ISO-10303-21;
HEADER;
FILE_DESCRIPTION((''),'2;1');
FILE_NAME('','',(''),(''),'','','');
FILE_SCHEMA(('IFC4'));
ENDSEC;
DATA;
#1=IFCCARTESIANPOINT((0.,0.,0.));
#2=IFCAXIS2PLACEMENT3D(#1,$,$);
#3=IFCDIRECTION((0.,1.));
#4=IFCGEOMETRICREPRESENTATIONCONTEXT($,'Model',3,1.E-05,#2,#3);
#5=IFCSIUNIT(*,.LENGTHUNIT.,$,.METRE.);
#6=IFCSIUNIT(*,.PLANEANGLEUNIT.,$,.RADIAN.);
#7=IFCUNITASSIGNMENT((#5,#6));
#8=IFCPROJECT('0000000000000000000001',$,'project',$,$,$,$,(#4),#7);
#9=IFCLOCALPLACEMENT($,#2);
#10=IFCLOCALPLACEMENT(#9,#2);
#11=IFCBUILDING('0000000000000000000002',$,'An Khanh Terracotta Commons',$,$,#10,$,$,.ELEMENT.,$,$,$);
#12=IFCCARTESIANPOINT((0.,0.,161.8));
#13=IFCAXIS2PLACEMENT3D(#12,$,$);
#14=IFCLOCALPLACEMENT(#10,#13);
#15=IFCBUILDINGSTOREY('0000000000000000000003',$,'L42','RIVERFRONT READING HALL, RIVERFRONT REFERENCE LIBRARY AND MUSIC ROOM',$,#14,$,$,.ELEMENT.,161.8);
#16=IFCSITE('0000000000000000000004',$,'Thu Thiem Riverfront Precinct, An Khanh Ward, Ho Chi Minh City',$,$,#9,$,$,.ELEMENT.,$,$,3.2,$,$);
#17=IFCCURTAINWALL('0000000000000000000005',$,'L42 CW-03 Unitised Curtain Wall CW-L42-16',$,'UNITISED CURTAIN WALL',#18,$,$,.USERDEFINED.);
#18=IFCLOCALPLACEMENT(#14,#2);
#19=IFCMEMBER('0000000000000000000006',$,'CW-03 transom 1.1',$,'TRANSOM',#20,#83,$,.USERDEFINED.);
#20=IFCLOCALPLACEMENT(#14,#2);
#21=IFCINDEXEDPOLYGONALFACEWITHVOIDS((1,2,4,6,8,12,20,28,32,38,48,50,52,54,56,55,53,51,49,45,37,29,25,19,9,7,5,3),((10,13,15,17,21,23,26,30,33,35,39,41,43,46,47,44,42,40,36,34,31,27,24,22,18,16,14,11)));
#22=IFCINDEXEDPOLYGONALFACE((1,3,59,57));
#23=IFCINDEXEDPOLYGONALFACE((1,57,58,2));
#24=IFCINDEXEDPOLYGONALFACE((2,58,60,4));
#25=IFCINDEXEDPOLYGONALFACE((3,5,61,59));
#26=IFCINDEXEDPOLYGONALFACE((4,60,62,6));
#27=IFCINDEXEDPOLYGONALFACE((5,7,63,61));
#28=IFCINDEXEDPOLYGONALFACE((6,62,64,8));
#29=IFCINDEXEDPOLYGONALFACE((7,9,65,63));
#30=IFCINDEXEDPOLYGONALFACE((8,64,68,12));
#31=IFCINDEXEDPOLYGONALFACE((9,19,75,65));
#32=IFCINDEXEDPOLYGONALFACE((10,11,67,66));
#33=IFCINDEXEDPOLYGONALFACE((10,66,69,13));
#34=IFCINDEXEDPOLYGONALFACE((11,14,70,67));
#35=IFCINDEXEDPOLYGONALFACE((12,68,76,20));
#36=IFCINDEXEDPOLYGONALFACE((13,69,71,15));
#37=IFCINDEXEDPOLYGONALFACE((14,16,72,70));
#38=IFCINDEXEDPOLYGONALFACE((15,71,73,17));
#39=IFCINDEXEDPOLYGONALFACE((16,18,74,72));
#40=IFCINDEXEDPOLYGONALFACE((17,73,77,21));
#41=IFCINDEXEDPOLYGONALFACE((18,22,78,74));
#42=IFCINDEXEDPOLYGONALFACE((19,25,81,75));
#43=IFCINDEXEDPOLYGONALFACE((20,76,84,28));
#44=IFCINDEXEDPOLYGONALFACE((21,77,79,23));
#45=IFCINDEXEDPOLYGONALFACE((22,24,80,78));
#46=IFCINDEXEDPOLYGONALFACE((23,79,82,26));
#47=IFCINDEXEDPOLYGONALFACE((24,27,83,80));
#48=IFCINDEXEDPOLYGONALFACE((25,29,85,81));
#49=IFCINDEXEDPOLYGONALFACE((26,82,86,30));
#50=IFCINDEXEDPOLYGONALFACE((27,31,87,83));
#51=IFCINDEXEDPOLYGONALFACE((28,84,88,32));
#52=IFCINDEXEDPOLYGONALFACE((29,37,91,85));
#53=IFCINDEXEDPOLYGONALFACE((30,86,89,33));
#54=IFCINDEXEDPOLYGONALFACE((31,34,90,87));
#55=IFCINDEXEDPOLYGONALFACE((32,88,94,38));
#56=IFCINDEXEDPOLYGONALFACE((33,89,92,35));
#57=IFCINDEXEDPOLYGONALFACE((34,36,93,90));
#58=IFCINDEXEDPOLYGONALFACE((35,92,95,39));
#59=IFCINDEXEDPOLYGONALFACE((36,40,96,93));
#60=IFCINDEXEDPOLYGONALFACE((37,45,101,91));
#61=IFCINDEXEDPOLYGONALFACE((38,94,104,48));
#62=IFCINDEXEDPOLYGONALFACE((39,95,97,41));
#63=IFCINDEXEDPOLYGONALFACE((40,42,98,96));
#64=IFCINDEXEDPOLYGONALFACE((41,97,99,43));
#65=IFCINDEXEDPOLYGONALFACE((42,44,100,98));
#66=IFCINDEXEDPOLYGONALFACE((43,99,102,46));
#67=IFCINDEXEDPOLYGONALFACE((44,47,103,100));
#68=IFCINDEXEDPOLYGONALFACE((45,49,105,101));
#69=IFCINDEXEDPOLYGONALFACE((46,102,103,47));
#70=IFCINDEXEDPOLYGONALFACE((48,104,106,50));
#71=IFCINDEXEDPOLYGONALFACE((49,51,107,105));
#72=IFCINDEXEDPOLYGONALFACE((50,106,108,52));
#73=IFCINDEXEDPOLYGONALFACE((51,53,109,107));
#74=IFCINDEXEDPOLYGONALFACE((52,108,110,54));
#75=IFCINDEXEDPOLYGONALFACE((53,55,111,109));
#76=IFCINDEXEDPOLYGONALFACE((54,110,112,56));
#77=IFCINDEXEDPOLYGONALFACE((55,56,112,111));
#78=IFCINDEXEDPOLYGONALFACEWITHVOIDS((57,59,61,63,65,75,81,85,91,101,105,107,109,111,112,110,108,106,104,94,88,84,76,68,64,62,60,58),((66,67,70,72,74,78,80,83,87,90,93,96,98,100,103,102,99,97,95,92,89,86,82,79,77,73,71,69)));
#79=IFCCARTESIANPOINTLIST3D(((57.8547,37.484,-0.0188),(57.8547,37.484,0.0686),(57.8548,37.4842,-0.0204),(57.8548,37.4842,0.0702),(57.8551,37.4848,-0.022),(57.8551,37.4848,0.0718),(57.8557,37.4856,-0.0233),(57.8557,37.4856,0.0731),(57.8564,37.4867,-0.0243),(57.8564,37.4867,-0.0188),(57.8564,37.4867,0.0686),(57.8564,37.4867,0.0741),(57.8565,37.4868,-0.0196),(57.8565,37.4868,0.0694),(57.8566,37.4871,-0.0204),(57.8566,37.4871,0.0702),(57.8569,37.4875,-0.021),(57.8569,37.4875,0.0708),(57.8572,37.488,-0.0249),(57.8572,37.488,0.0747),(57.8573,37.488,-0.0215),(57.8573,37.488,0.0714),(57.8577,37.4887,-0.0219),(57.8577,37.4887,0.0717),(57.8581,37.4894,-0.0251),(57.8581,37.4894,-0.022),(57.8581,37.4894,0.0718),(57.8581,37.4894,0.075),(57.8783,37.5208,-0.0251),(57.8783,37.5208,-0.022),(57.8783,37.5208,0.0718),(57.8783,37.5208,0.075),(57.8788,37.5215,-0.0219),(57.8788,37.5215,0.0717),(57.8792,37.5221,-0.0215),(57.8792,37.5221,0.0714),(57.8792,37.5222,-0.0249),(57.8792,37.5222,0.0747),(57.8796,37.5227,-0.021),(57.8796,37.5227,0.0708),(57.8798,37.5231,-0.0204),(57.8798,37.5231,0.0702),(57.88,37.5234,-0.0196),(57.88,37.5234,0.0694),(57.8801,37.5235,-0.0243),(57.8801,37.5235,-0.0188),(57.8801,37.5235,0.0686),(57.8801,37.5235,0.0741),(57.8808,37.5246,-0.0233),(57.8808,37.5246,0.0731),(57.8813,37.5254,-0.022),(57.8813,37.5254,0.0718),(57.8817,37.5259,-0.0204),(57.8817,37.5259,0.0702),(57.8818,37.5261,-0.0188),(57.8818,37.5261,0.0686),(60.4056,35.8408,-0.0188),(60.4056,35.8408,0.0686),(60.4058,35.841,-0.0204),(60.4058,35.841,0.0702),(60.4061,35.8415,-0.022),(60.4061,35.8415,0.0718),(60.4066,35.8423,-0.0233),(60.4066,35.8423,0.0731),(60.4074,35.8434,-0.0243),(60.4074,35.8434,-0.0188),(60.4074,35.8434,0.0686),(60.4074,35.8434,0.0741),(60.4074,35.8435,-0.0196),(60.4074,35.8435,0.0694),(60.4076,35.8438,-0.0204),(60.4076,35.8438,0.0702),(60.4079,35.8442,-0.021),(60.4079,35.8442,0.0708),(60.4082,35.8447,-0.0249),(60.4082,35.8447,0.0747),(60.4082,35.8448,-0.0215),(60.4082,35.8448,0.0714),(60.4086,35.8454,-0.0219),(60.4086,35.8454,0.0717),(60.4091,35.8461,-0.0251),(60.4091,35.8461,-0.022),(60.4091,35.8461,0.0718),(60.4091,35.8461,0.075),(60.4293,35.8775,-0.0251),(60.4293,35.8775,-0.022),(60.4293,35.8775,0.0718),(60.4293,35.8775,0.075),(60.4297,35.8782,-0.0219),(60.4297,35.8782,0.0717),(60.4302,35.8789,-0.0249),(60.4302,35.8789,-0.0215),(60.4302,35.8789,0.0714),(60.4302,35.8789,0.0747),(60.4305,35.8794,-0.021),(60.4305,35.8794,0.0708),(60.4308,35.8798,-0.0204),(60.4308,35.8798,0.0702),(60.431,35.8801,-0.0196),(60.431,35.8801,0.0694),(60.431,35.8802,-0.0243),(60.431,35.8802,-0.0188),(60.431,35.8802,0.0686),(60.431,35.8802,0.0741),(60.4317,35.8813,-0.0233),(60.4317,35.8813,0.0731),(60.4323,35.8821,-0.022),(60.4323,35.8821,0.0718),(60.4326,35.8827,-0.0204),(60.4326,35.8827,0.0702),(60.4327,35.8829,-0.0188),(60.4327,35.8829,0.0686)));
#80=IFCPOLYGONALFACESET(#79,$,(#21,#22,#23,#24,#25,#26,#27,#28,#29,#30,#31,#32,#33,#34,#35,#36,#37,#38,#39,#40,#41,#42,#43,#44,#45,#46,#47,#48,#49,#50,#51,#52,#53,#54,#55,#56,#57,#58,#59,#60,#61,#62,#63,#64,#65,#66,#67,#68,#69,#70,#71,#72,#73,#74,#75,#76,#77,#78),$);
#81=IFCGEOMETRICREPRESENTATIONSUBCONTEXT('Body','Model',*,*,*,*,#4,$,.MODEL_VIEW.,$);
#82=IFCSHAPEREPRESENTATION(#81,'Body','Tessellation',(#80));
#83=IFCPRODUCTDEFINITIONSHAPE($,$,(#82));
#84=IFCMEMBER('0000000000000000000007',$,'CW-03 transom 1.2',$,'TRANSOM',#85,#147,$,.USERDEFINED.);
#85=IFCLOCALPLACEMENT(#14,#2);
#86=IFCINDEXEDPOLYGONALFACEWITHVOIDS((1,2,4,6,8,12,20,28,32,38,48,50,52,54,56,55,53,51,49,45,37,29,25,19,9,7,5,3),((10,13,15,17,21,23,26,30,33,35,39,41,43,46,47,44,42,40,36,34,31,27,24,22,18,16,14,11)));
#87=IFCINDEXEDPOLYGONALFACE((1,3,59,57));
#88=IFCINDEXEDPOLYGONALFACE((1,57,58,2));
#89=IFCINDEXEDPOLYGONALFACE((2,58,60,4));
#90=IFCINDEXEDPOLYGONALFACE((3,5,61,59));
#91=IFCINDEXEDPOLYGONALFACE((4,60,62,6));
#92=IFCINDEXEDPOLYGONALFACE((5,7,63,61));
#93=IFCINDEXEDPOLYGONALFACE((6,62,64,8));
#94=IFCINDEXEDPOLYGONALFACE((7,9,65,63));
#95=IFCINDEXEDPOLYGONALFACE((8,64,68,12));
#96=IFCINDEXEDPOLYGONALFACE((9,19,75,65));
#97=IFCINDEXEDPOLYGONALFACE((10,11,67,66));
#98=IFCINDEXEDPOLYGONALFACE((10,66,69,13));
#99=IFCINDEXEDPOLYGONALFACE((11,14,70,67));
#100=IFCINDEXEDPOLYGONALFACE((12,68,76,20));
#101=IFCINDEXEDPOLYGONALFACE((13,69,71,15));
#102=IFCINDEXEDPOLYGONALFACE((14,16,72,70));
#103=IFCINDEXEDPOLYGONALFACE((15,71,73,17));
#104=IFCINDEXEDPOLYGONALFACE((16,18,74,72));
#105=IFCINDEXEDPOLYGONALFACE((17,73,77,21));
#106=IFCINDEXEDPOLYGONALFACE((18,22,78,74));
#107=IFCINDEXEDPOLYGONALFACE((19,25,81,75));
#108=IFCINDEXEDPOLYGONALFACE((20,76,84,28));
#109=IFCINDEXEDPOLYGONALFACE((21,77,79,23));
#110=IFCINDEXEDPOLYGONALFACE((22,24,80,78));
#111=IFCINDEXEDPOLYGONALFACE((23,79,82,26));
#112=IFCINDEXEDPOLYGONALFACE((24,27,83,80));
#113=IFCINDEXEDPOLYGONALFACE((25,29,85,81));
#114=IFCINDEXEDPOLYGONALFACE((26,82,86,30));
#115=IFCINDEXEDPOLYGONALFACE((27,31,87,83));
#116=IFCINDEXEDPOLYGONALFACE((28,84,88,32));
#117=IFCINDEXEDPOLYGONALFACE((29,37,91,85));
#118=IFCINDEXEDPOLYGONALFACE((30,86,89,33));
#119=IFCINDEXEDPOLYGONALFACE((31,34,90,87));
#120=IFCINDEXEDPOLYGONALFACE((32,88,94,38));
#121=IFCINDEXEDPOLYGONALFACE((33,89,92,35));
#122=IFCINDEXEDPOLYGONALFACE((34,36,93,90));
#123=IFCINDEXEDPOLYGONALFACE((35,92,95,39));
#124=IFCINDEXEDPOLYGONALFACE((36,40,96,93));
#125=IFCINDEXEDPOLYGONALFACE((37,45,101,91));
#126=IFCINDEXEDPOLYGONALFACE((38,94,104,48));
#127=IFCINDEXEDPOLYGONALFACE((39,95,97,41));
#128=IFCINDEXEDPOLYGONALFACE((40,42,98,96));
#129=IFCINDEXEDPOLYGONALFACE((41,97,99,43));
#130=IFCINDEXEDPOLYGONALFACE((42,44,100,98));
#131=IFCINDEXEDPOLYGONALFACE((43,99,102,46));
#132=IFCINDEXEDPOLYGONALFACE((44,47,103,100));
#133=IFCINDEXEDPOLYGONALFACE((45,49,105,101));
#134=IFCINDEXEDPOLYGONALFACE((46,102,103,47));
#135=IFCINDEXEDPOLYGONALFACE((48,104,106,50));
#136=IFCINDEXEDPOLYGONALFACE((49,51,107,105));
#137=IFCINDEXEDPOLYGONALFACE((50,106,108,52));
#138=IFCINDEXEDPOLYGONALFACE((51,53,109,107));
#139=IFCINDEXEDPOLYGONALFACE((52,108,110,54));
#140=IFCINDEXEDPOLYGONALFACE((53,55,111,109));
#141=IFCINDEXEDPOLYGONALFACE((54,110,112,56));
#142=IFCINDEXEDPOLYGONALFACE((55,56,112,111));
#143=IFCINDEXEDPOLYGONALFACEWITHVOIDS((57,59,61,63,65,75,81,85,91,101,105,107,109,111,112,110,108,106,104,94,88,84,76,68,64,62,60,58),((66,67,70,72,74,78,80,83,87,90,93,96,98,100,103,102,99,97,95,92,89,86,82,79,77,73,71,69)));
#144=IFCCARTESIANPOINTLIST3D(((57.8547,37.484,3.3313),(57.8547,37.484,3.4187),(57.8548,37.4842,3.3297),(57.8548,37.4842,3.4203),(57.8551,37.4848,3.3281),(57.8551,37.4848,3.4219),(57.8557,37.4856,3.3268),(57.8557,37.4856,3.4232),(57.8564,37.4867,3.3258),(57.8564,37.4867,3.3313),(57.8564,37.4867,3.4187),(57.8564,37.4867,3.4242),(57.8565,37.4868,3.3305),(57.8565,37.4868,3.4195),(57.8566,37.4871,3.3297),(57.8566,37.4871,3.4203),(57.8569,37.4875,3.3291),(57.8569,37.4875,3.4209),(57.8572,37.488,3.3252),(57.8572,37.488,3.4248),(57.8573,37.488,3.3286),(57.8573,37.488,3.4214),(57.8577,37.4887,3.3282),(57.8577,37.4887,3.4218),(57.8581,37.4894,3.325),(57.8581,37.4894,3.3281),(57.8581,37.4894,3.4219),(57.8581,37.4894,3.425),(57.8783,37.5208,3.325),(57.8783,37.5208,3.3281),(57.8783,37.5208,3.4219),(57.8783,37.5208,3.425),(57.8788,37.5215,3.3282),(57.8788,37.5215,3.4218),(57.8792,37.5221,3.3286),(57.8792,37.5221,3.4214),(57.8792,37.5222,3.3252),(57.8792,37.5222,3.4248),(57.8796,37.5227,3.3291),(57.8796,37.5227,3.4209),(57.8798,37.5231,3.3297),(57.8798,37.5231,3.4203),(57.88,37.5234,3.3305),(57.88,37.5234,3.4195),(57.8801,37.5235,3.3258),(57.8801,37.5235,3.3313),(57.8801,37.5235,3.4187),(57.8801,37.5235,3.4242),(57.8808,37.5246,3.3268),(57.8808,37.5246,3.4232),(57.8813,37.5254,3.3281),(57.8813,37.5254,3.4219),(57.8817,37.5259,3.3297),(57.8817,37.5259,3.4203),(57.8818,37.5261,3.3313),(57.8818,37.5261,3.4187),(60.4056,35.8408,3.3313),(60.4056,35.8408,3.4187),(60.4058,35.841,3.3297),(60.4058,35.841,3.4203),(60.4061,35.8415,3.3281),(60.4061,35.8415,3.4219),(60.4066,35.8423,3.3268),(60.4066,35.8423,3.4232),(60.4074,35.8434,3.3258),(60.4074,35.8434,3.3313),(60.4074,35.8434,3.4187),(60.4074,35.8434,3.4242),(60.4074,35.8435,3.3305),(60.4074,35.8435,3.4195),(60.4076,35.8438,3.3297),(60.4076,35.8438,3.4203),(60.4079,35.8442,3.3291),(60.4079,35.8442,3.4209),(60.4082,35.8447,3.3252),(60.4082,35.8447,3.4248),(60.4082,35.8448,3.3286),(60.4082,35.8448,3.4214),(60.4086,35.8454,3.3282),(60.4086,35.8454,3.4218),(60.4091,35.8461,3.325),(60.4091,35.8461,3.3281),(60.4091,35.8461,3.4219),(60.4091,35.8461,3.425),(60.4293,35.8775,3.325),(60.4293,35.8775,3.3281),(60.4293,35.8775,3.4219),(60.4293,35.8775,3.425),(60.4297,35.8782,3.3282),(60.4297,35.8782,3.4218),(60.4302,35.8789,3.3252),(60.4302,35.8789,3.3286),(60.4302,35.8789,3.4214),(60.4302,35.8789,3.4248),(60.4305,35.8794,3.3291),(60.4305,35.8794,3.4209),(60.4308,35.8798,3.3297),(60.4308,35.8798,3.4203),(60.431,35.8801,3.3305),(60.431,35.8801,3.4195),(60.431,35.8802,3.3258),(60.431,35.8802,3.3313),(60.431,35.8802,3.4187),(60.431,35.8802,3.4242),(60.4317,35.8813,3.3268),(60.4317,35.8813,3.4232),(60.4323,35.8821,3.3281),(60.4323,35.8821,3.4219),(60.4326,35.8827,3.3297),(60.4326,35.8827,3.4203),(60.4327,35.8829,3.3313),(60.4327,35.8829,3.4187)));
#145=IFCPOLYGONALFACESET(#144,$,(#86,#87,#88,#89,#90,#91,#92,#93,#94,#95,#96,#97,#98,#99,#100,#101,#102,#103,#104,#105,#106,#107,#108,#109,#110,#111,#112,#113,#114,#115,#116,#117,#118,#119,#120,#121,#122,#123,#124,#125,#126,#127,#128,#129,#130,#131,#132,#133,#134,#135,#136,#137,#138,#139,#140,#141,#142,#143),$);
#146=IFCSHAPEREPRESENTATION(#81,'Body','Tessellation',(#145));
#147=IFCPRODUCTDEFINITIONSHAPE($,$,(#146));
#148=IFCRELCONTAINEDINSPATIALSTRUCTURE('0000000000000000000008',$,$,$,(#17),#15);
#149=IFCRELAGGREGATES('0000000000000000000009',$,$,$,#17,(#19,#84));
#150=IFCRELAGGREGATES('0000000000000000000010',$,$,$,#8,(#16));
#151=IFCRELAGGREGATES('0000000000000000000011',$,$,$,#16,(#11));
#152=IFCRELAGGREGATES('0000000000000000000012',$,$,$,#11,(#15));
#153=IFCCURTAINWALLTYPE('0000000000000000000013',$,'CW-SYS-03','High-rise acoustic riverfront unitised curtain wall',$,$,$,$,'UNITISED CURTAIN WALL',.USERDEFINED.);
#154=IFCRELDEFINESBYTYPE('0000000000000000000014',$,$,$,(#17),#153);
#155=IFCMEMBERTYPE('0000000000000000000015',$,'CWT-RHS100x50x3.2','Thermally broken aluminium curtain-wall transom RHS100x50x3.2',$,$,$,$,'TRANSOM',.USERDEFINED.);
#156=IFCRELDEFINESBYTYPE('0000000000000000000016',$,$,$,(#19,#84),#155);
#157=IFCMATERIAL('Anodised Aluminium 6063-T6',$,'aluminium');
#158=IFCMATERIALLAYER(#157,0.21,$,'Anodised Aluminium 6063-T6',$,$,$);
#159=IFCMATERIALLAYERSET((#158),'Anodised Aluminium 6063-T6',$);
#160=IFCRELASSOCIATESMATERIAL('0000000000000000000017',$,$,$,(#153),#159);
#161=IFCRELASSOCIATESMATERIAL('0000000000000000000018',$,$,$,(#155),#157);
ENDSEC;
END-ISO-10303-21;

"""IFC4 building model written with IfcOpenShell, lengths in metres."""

from ifc_helpers import new_model, si_unit, direction, frame, origin, origin_2d, place, context, subcontext, project, spatial, hollow_rectangle, extrude, material, layer, layer_set, material_profile, profile_set, type_object, element, aggregate, save


model = new_model("IFC4")

# Units and contexts
model_context = context("Model", 3, precision=1e-05, world=origin(), true_north=direction((0.0, 1.0)))
body_context = subcontext(model_context, "Body", "Model", "MODEL_VIEW")
ifc_project = project(units=[si_unit("LENGTHUNIT", "METRE"), si_unit("PLANEANGLEUNIT", "RADIAN")], contexts=[model_context])

# Site, building, storey
site_placement = place(None, origin())
site = spatial("IfcSite", under=ifc_project, at=site_placement, Name="Thu Thiem Riverfront Precinct, An Khanh Ward, Ho Chi Minh City", CompositionType="ELEMENT", RefElevation=3.2)
building_placement = place(site_placement, origin())
building = spatial("IfcBuilding", under=site, at=building_placement, Name="An Khanh Terracotta Commons", CompositionType="ELEMENT")
storey_placement = place(building_placement, frame((0.0, 0.0, 161.8)))
storey = spatial("IfcBuildingStorey", under=building, at=storey_placement, Name="L42", Description="RIVERFRONT READING HALL, RIVERFRONT REFERENCE LIBRARY AND MUSIC ROOM", CompositionType="ELEMENT", Elevation=161.8)

# Curtain wall, members
ifc_material_1 = material(Name="Anodised Aluminium 6063-T6", Category="aluminium")
ifc_layer_1 = layer(ifc_material_1, 0.21, Name="Anodised Aluminium 6063-T6")
ifc_layer_set_1 = layer_set([ifc_layer_1], Name="Anodised Aluminium 6063-T6")
curtain_wall_type_1 = type_object("IfcCurtainWallType", Name="CW-SYS-03", Description="High-rise acoustic riverfront unitised curtain wall", ElementType="UNITISED CURTAIN WALL", PredefinedType="USERDEFINED", material=ifc_layer_set_1)
curtain_wall_1_placement = place(storey_placement, origin())
curtain_wall_1 = element("IfcCurtainWall", 1, at=curtain_wall_1_placement, inside=storey, type_object=curtain_wall_type_1, Name="L42 CW-03 Unitised Curtain Wall CW-L42-16", ObjectType="UNITISED CURTAIN WALL", PredefinedType="USERDEFINED")
ifc_material_profile_1 = material_profile(ifc_material_1, hollow_rectangle(XDim=0.05, YDim=0.1001, WallThickness=0.0032, InnerFilletRadius=0.0032, OuterFilletRadius=0.0063, at=origin_2d()), Name="RHS100x50x3.2")
ifc_profile_set_1 = profile_set([ifc_material_profile_1], Name="Anodised Aluminium 6063-T6")
member_type_1 = type_object("IfcMemberType", Name="CWT-RHS100x50x3.2", Description="Thermally broken aluminium curtain-wall transom RHS100x50x3.2", ElementType="TRANSOM", PredefinedType="USERDEFINED", material=ifc_profile_set_1)
member_1_placement = place(storey_placement, frame((60.4192, 35.8618, 0.0249), z_axis=(-0.840674, 0.541542, 0.0), x_axis=(-0.541542, -0.840674, 0.0)))
member_1 = element("IfcMember", 2, at=member_1_placement, type_object=member_type_1, Name="CW-03 transom 1.1", ObjectType="TRANSOM", PredefinedType="USERDEFINED", context=body_context, shape_type="SweptSolid", body=[
    extrude(hollow_rectangle(XDim=0.05, YDim=0.1001, WallThickness=0.0032, InnerFilletRadius=0.0032, OuterFilletRadius=0.0063, at=origin_2d()), origin(), (0.0, 0.0, 1.0), 3.0344),
])
member_2_placement = place(storey_placement, frame((60.4192, 35.8618, 3.375), z_axis=(-0.840674, 0.541542, 0.0), x_axis=(-0.541542, -0.840674, 0.0)))
member_2 = element("IfcMember", 3, at=member_2_placement, type_object=member_type_1, Name="CW-03 transom 1.2", ObjectType="TRANSOM", PredefinedType="USERDEFINED", context=body_context, shape_type="SweptSolid", body=[
    extrude(hollow_rectangle(XDim=0.05, YDim=0.1001, WallThickness=0.0032, InnerFilletRadius=0.0032, OuterFilletRadius=0.0063, at=origin_2d()), origin(), (0.0, 0.0, 1.0), 3.0344),
])

aggregate(curtain_wall_1, [member_1, member_2])

save(model, "model.ifc")
